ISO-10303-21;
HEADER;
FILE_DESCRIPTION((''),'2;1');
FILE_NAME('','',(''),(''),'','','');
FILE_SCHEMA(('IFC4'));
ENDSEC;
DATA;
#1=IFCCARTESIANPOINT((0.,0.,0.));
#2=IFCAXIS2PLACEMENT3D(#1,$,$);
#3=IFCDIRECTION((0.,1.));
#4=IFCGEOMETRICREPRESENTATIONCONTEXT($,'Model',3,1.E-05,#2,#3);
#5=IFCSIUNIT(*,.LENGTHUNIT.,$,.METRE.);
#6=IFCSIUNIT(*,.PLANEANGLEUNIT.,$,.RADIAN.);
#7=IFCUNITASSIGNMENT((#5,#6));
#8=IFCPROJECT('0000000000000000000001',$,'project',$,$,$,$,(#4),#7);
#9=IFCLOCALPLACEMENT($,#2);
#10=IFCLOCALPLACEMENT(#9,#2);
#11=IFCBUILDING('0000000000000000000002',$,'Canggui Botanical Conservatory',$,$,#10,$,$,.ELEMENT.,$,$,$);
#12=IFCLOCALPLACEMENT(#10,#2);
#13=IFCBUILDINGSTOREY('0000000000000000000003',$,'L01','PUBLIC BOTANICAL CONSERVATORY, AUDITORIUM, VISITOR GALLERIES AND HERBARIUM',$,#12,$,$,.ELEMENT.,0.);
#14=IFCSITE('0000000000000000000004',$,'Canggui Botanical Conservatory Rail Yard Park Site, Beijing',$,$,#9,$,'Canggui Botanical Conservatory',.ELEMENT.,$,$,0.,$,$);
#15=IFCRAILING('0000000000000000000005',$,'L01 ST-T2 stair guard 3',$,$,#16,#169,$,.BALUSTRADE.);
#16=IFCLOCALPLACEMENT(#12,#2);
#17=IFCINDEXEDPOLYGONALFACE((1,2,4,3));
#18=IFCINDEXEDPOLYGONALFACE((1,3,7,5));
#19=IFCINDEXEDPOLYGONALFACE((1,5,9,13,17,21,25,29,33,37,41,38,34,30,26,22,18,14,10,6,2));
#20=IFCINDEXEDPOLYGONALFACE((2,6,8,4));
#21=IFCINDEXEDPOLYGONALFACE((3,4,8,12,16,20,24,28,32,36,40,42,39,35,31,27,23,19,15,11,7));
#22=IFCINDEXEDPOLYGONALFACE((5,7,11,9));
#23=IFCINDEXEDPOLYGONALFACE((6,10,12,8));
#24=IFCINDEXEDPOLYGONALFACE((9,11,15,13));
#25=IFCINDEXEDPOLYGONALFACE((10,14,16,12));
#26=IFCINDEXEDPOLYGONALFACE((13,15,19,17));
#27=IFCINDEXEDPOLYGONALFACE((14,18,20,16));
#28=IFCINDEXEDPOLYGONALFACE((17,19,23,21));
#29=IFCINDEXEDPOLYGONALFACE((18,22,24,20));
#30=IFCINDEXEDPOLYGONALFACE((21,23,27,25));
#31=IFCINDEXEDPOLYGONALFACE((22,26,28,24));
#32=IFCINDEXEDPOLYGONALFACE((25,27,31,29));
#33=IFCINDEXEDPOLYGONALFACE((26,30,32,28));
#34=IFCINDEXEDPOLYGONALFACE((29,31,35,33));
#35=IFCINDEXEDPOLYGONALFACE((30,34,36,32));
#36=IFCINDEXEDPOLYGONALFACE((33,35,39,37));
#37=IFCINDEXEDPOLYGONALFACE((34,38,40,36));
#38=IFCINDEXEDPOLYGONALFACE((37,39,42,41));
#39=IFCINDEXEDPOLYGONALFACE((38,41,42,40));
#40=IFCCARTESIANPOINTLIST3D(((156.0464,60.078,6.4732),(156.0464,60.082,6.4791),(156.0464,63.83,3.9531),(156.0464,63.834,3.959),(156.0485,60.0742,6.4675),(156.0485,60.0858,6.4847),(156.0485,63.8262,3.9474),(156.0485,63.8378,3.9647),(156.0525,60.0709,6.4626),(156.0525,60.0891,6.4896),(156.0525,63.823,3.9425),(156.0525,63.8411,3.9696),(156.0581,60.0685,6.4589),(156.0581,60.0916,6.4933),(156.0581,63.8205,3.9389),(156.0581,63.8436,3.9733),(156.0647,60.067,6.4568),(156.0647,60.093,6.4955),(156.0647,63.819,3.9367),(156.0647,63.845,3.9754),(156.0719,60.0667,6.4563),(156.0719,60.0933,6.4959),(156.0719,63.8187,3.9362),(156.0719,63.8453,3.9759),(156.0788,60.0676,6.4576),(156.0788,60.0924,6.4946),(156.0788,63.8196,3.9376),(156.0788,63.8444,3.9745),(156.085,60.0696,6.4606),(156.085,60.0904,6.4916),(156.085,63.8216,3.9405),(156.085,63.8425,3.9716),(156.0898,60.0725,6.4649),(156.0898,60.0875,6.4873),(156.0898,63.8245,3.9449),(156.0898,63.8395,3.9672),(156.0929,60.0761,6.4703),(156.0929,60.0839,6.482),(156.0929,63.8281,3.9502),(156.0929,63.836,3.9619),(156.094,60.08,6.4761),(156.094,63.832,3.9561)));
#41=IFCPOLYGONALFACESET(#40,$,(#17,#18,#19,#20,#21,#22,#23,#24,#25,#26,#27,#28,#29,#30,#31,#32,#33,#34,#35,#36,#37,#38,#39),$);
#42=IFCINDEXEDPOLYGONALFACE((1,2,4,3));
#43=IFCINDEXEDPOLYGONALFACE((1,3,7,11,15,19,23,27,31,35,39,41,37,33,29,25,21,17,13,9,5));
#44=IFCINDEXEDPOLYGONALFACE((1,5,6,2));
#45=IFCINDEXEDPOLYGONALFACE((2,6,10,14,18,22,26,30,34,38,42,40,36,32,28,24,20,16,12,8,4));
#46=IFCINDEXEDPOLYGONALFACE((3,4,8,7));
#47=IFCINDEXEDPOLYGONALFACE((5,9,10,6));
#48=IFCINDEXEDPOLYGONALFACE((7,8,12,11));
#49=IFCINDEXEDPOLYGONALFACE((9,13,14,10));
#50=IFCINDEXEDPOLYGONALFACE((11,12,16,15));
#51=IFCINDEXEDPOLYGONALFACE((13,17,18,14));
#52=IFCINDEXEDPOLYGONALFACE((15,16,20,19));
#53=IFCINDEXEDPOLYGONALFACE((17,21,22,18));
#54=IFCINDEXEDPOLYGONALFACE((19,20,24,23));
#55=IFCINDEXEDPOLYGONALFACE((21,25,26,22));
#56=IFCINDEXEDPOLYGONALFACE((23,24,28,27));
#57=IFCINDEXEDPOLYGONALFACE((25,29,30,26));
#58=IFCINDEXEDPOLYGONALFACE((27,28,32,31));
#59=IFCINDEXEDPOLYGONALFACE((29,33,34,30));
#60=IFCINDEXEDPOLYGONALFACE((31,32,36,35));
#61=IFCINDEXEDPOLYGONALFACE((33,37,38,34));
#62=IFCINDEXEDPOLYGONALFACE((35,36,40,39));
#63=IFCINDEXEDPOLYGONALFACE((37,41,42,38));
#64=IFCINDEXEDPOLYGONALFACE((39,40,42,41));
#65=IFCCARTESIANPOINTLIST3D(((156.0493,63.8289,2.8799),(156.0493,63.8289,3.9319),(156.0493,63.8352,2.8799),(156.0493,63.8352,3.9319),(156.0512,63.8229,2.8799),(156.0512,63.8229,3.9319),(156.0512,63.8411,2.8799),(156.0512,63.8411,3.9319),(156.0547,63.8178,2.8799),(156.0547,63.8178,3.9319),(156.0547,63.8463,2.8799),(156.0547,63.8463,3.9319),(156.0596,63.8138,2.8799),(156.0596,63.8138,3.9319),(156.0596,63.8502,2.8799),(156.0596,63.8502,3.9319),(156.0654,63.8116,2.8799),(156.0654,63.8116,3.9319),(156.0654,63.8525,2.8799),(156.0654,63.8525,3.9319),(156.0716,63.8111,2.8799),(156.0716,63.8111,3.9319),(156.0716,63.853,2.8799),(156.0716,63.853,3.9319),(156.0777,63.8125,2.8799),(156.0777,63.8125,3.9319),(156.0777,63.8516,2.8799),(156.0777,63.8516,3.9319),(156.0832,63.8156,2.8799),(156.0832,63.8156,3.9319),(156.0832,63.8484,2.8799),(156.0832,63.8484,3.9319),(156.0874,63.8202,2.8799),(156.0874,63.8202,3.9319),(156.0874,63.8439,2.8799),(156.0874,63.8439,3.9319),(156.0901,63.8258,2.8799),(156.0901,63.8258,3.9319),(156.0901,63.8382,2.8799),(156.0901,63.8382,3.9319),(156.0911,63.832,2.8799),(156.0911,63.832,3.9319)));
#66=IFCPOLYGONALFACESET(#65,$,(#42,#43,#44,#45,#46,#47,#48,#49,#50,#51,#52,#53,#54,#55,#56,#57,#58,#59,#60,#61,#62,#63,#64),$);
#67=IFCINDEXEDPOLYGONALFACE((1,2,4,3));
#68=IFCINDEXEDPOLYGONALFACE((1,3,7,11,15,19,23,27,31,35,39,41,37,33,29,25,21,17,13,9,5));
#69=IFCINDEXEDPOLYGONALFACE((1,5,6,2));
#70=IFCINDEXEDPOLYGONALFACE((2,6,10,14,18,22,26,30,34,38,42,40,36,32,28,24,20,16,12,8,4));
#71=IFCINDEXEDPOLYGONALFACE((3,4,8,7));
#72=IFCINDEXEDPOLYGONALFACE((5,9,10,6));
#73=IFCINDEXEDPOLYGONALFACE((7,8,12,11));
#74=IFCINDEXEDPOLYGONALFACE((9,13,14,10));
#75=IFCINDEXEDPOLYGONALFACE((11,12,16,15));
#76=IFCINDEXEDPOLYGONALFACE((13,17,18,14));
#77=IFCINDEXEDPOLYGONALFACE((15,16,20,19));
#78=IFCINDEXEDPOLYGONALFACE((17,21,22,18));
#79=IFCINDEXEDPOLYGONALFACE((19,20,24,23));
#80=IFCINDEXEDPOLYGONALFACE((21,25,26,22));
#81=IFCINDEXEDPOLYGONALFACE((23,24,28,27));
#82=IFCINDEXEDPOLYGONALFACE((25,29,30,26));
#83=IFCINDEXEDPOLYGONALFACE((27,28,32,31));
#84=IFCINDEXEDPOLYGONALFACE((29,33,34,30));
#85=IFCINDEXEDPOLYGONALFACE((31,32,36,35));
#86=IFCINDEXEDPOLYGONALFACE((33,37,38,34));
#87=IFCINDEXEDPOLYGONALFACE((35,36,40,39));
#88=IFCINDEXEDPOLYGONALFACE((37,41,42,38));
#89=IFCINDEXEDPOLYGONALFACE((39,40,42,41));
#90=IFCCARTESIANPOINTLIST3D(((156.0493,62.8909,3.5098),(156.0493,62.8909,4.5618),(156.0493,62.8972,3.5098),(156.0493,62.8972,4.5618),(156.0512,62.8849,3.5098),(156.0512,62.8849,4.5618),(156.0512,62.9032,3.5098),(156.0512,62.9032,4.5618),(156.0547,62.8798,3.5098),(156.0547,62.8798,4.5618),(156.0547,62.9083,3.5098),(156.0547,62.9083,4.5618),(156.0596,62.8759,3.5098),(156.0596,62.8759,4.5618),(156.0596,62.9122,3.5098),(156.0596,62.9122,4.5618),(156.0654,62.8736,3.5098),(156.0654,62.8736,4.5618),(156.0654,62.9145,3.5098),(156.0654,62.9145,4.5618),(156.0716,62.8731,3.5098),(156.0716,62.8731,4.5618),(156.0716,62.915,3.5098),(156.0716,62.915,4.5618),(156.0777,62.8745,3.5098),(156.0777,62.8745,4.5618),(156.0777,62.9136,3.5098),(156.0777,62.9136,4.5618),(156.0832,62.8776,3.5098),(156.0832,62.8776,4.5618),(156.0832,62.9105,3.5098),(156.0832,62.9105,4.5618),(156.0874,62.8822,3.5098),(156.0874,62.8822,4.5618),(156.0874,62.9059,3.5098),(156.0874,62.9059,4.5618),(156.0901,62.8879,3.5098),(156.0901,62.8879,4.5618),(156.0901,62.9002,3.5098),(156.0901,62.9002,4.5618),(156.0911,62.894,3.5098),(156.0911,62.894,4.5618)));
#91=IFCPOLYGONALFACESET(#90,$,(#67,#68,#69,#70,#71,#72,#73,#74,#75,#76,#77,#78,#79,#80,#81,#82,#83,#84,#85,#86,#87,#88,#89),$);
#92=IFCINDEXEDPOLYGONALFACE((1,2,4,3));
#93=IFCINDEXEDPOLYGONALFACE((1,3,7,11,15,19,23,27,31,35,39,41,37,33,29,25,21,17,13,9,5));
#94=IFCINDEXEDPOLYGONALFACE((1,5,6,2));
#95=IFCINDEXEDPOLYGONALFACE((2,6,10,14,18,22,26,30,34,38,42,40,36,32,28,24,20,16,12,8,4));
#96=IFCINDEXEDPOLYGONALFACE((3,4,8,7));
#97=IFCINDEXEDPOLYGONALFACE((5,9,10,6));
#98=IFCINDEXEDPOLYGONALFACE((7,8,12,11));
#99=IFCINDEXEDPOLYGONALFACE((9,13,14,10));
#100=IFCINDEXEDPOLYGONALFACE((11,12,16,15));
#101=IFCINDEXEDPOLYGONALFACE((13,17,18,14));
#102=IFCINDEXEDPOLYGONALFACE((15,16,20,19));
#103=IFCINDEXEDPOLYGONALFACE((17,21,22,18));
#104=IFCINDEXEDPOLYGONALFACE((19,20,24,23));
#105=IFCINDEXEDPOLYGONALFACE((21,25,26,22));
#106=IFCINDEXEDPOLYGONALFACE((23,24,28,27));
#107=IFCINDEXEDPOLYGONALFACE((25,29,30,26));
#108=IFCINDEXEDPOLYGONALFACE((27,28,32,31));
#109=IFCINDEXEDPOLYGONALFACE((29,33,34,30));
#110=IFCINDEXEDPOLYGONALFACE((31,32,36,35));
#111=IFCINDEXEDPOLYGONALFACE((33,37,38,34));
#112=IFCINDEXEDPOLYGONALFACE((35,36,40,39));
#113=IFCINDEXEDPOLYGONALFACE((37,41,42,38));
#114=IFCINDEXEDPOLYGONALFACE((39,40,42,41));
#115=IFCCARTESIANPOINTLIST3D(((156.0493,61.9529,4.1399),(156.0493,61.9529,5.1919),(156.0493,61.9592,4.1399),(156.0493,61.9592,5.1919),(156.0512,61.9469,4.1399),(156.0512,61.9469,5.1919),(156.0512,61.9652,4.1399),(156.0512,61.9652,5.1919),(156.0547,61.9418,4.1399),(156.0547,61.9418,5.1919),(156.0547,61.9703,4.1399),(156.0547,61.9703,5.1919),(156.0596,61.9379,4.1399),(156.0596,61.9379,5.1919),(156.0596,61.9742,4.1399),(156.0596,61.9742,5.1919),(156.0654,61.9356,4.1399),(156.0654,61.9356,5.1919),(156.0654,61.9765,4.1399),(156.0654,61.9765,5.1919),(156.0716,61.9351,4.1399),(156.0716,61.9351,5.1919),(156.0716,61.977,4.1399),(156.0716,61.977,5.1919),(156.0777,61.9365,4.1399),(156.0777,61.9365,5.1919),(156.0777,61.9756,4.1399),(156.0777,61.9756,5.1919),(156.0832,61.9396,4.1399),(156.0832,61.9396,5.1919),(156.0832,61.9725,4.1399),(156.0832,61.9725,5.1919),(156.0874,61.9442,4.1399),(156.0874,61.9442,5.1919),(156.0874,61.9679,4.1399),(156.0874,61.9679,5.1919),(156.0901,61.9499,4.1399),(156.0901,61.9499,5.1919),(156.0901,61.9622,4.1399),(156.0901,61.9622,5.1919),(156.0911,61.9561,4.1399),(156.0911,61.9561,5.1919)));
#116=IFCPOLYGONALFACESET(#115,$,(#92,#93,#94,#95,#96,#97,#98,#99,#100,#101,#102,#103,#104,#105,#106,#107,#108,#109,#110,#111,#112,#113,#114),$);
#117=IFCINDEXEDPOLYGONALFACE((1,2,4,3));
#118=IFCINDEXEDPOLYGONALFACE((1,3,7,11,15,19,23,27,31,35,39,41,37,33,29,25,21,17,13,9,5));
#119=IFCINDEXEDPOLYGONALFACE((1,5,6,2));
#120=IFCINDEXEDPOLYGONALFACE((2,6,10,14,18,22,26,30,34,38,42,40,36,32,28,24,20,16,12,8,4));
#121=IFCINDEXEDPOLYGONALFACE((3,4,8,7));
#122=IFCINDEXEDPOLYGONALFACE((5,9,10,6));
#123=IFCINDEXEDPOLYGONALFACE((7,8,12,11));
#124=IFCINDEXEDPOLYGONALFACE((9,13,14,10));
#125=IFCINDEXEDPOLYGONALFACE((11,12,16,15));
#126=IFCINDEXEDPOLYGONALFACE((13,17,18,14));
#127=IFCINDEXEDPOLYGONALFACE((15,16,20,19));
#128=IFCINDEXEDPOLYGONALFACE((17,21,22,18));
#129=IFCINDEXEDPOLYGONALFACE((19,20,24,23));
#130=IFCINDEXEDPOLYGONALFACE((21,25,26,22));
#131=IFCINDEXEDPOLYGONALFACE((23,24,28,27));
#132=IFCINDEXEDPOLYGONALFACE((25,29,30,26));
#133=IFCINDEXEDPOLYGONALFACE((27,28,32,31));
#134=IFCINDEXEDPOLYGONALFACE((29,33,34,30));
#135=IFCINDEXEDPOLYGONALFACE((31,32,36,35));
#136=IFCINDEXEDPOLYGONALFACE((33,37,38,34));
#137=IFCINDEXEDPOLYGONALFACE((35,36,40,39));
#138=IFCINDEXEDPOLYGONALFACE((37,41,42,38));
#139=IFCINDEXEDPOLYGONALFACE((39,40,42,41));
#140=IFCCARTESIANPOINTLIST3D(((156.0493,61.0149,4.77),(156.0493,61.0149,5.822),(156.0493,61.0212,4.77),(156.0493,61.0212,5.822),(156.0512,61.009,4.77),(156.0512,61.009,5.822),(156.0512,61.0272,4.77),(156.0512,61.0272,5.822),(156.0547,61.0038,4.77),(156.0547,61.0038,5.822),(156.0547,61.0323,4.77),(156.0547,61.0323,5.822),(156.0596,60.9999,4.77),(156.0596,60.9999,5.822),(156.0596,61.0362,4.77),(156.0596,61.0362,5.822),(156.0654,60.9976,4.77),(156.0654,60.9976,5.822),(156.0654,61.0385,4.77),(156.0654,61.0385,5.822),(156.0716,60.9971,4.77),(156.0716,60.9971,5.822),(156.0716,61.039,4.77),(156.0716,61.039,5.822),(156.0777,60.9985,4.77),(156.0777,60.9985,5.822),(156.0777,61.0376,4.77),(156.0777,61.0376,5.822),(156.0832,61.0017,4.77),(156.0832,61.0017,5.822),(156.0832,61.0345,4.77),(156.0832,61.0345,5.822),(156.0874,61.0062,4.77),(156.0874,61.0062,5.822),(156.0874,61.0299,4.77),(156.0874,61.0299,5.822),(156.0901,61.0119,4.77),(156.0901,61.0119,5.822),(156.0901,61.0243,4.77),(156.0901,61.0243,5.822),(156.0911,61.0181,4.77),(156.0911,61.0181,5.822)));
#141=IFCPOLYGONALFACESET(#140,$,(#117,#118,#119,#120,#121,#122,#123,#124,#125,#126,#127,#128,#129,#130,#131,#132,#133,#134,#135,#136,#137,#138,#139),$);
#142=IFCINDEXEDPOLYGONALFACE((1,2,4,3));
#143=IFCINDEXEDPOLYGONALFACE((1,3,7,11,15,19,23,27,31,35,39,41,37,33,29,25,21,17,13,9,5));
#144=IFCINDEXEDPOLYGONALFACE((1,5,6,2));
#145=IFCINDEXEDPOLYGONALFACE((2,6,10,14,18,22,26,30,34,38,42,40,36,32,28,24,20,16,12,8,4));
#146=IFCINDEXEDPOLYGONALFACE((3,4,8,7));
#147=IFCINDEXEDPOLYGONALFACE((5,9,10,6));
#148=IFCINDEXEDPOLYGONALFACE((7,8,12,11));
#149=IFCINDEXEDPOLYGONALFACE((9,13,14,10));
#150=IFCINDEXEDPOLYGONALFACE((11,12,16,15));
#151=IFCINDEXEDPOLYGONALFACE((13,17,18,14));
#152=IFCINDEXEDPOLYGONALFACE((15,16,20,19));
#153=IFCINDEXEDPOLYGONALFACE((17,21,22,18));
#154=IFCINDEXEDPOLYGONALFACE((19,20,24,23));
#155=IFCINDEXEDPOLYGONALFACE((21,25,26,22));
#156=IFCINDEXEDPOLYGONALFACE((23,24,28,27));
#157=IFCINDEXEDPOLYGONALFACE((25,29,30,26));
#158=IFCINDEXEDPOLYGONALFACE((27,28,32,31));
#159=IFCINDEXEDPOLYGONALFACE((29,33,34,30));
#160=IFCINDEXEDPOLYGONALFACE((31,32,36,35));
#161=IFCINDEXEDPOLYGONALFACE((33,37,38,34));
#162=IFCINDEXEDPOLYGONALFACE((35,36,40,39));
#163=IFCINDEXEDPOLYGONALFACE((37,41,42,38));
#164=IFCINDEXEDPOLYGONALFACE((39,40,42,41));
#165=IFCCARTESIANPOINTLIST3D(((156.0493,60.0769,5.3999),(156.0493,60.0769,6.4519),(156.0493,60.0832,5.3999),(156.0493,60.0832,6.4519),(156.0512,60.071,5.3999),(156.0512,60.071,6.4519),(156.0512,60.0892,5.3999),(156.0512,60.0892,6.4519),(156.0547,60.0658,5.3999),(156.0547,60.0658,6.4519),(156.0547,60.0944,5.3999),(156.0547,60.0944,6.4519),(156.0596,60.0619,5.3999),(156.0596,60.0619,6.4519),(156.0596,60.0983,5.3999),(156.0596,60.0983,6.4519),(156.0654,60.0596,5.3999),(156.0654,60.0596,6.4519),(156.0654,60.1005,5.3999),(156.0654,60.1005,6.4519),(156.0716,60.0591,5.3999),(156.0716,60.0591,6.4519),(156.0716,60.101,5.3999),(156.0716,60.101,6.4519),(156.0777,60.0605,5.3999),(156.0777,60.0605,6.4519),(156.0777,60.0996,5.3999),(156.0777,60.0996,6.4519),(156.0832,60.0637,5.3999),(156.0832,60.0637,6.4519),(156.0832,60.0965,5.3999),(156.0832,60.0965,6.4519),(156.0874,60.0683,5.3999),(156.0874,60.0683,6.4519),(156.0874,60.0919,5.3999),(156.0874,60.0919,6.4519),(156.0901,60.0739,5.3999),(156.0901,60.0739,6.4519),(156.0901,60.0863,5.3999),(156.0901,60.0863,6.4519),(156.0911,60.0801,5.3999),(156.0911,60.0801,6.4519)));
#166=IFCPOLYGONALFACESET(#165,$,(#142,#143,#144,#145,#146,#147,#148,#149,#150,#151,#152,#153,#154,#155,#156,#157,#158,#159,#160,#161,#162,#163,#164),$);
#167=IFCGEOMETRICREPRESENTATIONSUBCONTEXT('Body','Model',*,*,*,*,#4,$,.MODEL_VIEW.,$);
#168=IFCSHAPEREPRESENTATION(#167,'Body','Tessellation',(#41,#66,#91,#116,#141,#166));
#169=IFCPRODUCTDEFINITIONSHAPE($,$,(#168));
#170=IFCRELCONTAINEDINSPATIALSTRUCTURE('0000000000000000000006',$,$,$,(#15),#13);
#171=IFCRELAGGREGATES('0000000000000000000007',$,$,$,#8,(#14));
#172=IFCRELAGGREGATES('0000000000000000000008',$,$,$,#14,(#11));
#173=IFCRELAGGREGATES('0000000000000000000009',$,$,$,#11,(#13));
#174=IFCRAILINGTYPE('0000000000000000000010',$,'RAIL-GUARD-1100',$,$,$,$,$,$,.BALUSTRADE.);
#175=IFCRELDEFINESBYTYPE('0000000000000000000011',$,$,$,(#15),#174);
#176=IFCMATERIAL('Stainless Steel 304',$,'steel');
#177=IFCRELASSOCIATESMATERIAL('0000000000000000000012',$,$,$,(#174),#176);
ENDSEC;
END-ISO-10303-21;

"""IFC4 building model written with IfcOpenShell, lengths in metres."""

from ifc_helpers import new_model, si_unit, direction, frame, origin, origin_2d, place, context, subcontext, project, spatial, circle, extrude, material, type_object, element, save


model = new_model("IFC4")

# Units and contexts
model_context = context("Model", 3, precision=1e-05, world=origin(), true_north=direction((0.0, 1.0)))
body_context = subcontext(model_context, "Body", "Model", "MODEL_VIEW")
ifc_project = project(units=[si_unit("LENGTHUNIT", "METRE"), si_unit("PLANEANGLEUNIT", "RADIAN")], contexts=[model_context])

# Site, building, storey
site_placement = place(None, origin())
site = spatial("IfcSite", under=ifc_project, at=site_placement, Name="Canggui Botanical Conservatory Rail Yard Park Site, Beijing", LongName="Canggui Botanical Conservatory", CompositionType="ELEMENT", RefElevation=0.0)
building_placement = place(site_placement, origin())
building = spatial("IfcBuilding", under=site, at=building_placement, Name="Canggui Botanical Conservatory", CompositionType="ELEMENT")
storey_placement = place(building_placement, origin())
storey = spatial("IfcBuildingStorey", under=building, at=storey_placement, Name="L01", Description="PUBLIC BOTANICAL CONSERVATORY, AUDITORIUM, VISITOR GALLERIES AND HERBARIUM", CompositionType="ELEMENT", Elevation=0.0)

# Railing
ifc_material_1 = material(Name="Stainless Steel 304", Category="steel")
railing_type_1 = type_object("IfcRailingType", Name="RAIL-GUARD-1100", PredefinedType="BALUSTRADE", material=ifc_material_1)
railing_1_placement = place(storey_placement, frame((156.0701, 63.832, 2.8799)))
element("IfcRailing", 1, at=railing_1_placement, inside=storey, type_object=railing_type_1, Name="L01 ST-T2 stair guard 3", PredefinedType="BALUSTRADE", context=body_context, shape_type="SweptSolid", body=[
    extrude(circle(Radius=0.0239, at=origin_2d()), frame((0.0, 0.0, 1.0762), z_axis=(0.0, -0.830134, 0.557564), x_axis=(1.0, 0.0, 0.0)), (0.0, 0.0, 1.0), 4.5198),
    extrude(circle(Radius=0.021, at=origin_2d()), origin(), (0.0, 0.0, 1.0), 1.052),
    extrude(circle(Radius=0.021, at=origin_2d()), frame((0.0, -0.938, 0.6299)), (0.0, 0.0, 1.0), 1.052),
    extrude(circle(Radius=0.021, at=origin_2d()), frame((0.0, -1.876, 1.26)), (0.0, 0.0, 1.0), 1.052),
    extrude(circle(Radius=0.021, at=origin_2d()), frame((0.0, -2.814, 1.8901)), (0.0, 0.0, 1.0), 1.052),
    extrude(circle(Radius=0.021, at=origin_2d()), frame((0.0, -3.752, 2.52)), (0.0, 0.0, 1.0), 1.052),
])

save(model, "model.ifc")
